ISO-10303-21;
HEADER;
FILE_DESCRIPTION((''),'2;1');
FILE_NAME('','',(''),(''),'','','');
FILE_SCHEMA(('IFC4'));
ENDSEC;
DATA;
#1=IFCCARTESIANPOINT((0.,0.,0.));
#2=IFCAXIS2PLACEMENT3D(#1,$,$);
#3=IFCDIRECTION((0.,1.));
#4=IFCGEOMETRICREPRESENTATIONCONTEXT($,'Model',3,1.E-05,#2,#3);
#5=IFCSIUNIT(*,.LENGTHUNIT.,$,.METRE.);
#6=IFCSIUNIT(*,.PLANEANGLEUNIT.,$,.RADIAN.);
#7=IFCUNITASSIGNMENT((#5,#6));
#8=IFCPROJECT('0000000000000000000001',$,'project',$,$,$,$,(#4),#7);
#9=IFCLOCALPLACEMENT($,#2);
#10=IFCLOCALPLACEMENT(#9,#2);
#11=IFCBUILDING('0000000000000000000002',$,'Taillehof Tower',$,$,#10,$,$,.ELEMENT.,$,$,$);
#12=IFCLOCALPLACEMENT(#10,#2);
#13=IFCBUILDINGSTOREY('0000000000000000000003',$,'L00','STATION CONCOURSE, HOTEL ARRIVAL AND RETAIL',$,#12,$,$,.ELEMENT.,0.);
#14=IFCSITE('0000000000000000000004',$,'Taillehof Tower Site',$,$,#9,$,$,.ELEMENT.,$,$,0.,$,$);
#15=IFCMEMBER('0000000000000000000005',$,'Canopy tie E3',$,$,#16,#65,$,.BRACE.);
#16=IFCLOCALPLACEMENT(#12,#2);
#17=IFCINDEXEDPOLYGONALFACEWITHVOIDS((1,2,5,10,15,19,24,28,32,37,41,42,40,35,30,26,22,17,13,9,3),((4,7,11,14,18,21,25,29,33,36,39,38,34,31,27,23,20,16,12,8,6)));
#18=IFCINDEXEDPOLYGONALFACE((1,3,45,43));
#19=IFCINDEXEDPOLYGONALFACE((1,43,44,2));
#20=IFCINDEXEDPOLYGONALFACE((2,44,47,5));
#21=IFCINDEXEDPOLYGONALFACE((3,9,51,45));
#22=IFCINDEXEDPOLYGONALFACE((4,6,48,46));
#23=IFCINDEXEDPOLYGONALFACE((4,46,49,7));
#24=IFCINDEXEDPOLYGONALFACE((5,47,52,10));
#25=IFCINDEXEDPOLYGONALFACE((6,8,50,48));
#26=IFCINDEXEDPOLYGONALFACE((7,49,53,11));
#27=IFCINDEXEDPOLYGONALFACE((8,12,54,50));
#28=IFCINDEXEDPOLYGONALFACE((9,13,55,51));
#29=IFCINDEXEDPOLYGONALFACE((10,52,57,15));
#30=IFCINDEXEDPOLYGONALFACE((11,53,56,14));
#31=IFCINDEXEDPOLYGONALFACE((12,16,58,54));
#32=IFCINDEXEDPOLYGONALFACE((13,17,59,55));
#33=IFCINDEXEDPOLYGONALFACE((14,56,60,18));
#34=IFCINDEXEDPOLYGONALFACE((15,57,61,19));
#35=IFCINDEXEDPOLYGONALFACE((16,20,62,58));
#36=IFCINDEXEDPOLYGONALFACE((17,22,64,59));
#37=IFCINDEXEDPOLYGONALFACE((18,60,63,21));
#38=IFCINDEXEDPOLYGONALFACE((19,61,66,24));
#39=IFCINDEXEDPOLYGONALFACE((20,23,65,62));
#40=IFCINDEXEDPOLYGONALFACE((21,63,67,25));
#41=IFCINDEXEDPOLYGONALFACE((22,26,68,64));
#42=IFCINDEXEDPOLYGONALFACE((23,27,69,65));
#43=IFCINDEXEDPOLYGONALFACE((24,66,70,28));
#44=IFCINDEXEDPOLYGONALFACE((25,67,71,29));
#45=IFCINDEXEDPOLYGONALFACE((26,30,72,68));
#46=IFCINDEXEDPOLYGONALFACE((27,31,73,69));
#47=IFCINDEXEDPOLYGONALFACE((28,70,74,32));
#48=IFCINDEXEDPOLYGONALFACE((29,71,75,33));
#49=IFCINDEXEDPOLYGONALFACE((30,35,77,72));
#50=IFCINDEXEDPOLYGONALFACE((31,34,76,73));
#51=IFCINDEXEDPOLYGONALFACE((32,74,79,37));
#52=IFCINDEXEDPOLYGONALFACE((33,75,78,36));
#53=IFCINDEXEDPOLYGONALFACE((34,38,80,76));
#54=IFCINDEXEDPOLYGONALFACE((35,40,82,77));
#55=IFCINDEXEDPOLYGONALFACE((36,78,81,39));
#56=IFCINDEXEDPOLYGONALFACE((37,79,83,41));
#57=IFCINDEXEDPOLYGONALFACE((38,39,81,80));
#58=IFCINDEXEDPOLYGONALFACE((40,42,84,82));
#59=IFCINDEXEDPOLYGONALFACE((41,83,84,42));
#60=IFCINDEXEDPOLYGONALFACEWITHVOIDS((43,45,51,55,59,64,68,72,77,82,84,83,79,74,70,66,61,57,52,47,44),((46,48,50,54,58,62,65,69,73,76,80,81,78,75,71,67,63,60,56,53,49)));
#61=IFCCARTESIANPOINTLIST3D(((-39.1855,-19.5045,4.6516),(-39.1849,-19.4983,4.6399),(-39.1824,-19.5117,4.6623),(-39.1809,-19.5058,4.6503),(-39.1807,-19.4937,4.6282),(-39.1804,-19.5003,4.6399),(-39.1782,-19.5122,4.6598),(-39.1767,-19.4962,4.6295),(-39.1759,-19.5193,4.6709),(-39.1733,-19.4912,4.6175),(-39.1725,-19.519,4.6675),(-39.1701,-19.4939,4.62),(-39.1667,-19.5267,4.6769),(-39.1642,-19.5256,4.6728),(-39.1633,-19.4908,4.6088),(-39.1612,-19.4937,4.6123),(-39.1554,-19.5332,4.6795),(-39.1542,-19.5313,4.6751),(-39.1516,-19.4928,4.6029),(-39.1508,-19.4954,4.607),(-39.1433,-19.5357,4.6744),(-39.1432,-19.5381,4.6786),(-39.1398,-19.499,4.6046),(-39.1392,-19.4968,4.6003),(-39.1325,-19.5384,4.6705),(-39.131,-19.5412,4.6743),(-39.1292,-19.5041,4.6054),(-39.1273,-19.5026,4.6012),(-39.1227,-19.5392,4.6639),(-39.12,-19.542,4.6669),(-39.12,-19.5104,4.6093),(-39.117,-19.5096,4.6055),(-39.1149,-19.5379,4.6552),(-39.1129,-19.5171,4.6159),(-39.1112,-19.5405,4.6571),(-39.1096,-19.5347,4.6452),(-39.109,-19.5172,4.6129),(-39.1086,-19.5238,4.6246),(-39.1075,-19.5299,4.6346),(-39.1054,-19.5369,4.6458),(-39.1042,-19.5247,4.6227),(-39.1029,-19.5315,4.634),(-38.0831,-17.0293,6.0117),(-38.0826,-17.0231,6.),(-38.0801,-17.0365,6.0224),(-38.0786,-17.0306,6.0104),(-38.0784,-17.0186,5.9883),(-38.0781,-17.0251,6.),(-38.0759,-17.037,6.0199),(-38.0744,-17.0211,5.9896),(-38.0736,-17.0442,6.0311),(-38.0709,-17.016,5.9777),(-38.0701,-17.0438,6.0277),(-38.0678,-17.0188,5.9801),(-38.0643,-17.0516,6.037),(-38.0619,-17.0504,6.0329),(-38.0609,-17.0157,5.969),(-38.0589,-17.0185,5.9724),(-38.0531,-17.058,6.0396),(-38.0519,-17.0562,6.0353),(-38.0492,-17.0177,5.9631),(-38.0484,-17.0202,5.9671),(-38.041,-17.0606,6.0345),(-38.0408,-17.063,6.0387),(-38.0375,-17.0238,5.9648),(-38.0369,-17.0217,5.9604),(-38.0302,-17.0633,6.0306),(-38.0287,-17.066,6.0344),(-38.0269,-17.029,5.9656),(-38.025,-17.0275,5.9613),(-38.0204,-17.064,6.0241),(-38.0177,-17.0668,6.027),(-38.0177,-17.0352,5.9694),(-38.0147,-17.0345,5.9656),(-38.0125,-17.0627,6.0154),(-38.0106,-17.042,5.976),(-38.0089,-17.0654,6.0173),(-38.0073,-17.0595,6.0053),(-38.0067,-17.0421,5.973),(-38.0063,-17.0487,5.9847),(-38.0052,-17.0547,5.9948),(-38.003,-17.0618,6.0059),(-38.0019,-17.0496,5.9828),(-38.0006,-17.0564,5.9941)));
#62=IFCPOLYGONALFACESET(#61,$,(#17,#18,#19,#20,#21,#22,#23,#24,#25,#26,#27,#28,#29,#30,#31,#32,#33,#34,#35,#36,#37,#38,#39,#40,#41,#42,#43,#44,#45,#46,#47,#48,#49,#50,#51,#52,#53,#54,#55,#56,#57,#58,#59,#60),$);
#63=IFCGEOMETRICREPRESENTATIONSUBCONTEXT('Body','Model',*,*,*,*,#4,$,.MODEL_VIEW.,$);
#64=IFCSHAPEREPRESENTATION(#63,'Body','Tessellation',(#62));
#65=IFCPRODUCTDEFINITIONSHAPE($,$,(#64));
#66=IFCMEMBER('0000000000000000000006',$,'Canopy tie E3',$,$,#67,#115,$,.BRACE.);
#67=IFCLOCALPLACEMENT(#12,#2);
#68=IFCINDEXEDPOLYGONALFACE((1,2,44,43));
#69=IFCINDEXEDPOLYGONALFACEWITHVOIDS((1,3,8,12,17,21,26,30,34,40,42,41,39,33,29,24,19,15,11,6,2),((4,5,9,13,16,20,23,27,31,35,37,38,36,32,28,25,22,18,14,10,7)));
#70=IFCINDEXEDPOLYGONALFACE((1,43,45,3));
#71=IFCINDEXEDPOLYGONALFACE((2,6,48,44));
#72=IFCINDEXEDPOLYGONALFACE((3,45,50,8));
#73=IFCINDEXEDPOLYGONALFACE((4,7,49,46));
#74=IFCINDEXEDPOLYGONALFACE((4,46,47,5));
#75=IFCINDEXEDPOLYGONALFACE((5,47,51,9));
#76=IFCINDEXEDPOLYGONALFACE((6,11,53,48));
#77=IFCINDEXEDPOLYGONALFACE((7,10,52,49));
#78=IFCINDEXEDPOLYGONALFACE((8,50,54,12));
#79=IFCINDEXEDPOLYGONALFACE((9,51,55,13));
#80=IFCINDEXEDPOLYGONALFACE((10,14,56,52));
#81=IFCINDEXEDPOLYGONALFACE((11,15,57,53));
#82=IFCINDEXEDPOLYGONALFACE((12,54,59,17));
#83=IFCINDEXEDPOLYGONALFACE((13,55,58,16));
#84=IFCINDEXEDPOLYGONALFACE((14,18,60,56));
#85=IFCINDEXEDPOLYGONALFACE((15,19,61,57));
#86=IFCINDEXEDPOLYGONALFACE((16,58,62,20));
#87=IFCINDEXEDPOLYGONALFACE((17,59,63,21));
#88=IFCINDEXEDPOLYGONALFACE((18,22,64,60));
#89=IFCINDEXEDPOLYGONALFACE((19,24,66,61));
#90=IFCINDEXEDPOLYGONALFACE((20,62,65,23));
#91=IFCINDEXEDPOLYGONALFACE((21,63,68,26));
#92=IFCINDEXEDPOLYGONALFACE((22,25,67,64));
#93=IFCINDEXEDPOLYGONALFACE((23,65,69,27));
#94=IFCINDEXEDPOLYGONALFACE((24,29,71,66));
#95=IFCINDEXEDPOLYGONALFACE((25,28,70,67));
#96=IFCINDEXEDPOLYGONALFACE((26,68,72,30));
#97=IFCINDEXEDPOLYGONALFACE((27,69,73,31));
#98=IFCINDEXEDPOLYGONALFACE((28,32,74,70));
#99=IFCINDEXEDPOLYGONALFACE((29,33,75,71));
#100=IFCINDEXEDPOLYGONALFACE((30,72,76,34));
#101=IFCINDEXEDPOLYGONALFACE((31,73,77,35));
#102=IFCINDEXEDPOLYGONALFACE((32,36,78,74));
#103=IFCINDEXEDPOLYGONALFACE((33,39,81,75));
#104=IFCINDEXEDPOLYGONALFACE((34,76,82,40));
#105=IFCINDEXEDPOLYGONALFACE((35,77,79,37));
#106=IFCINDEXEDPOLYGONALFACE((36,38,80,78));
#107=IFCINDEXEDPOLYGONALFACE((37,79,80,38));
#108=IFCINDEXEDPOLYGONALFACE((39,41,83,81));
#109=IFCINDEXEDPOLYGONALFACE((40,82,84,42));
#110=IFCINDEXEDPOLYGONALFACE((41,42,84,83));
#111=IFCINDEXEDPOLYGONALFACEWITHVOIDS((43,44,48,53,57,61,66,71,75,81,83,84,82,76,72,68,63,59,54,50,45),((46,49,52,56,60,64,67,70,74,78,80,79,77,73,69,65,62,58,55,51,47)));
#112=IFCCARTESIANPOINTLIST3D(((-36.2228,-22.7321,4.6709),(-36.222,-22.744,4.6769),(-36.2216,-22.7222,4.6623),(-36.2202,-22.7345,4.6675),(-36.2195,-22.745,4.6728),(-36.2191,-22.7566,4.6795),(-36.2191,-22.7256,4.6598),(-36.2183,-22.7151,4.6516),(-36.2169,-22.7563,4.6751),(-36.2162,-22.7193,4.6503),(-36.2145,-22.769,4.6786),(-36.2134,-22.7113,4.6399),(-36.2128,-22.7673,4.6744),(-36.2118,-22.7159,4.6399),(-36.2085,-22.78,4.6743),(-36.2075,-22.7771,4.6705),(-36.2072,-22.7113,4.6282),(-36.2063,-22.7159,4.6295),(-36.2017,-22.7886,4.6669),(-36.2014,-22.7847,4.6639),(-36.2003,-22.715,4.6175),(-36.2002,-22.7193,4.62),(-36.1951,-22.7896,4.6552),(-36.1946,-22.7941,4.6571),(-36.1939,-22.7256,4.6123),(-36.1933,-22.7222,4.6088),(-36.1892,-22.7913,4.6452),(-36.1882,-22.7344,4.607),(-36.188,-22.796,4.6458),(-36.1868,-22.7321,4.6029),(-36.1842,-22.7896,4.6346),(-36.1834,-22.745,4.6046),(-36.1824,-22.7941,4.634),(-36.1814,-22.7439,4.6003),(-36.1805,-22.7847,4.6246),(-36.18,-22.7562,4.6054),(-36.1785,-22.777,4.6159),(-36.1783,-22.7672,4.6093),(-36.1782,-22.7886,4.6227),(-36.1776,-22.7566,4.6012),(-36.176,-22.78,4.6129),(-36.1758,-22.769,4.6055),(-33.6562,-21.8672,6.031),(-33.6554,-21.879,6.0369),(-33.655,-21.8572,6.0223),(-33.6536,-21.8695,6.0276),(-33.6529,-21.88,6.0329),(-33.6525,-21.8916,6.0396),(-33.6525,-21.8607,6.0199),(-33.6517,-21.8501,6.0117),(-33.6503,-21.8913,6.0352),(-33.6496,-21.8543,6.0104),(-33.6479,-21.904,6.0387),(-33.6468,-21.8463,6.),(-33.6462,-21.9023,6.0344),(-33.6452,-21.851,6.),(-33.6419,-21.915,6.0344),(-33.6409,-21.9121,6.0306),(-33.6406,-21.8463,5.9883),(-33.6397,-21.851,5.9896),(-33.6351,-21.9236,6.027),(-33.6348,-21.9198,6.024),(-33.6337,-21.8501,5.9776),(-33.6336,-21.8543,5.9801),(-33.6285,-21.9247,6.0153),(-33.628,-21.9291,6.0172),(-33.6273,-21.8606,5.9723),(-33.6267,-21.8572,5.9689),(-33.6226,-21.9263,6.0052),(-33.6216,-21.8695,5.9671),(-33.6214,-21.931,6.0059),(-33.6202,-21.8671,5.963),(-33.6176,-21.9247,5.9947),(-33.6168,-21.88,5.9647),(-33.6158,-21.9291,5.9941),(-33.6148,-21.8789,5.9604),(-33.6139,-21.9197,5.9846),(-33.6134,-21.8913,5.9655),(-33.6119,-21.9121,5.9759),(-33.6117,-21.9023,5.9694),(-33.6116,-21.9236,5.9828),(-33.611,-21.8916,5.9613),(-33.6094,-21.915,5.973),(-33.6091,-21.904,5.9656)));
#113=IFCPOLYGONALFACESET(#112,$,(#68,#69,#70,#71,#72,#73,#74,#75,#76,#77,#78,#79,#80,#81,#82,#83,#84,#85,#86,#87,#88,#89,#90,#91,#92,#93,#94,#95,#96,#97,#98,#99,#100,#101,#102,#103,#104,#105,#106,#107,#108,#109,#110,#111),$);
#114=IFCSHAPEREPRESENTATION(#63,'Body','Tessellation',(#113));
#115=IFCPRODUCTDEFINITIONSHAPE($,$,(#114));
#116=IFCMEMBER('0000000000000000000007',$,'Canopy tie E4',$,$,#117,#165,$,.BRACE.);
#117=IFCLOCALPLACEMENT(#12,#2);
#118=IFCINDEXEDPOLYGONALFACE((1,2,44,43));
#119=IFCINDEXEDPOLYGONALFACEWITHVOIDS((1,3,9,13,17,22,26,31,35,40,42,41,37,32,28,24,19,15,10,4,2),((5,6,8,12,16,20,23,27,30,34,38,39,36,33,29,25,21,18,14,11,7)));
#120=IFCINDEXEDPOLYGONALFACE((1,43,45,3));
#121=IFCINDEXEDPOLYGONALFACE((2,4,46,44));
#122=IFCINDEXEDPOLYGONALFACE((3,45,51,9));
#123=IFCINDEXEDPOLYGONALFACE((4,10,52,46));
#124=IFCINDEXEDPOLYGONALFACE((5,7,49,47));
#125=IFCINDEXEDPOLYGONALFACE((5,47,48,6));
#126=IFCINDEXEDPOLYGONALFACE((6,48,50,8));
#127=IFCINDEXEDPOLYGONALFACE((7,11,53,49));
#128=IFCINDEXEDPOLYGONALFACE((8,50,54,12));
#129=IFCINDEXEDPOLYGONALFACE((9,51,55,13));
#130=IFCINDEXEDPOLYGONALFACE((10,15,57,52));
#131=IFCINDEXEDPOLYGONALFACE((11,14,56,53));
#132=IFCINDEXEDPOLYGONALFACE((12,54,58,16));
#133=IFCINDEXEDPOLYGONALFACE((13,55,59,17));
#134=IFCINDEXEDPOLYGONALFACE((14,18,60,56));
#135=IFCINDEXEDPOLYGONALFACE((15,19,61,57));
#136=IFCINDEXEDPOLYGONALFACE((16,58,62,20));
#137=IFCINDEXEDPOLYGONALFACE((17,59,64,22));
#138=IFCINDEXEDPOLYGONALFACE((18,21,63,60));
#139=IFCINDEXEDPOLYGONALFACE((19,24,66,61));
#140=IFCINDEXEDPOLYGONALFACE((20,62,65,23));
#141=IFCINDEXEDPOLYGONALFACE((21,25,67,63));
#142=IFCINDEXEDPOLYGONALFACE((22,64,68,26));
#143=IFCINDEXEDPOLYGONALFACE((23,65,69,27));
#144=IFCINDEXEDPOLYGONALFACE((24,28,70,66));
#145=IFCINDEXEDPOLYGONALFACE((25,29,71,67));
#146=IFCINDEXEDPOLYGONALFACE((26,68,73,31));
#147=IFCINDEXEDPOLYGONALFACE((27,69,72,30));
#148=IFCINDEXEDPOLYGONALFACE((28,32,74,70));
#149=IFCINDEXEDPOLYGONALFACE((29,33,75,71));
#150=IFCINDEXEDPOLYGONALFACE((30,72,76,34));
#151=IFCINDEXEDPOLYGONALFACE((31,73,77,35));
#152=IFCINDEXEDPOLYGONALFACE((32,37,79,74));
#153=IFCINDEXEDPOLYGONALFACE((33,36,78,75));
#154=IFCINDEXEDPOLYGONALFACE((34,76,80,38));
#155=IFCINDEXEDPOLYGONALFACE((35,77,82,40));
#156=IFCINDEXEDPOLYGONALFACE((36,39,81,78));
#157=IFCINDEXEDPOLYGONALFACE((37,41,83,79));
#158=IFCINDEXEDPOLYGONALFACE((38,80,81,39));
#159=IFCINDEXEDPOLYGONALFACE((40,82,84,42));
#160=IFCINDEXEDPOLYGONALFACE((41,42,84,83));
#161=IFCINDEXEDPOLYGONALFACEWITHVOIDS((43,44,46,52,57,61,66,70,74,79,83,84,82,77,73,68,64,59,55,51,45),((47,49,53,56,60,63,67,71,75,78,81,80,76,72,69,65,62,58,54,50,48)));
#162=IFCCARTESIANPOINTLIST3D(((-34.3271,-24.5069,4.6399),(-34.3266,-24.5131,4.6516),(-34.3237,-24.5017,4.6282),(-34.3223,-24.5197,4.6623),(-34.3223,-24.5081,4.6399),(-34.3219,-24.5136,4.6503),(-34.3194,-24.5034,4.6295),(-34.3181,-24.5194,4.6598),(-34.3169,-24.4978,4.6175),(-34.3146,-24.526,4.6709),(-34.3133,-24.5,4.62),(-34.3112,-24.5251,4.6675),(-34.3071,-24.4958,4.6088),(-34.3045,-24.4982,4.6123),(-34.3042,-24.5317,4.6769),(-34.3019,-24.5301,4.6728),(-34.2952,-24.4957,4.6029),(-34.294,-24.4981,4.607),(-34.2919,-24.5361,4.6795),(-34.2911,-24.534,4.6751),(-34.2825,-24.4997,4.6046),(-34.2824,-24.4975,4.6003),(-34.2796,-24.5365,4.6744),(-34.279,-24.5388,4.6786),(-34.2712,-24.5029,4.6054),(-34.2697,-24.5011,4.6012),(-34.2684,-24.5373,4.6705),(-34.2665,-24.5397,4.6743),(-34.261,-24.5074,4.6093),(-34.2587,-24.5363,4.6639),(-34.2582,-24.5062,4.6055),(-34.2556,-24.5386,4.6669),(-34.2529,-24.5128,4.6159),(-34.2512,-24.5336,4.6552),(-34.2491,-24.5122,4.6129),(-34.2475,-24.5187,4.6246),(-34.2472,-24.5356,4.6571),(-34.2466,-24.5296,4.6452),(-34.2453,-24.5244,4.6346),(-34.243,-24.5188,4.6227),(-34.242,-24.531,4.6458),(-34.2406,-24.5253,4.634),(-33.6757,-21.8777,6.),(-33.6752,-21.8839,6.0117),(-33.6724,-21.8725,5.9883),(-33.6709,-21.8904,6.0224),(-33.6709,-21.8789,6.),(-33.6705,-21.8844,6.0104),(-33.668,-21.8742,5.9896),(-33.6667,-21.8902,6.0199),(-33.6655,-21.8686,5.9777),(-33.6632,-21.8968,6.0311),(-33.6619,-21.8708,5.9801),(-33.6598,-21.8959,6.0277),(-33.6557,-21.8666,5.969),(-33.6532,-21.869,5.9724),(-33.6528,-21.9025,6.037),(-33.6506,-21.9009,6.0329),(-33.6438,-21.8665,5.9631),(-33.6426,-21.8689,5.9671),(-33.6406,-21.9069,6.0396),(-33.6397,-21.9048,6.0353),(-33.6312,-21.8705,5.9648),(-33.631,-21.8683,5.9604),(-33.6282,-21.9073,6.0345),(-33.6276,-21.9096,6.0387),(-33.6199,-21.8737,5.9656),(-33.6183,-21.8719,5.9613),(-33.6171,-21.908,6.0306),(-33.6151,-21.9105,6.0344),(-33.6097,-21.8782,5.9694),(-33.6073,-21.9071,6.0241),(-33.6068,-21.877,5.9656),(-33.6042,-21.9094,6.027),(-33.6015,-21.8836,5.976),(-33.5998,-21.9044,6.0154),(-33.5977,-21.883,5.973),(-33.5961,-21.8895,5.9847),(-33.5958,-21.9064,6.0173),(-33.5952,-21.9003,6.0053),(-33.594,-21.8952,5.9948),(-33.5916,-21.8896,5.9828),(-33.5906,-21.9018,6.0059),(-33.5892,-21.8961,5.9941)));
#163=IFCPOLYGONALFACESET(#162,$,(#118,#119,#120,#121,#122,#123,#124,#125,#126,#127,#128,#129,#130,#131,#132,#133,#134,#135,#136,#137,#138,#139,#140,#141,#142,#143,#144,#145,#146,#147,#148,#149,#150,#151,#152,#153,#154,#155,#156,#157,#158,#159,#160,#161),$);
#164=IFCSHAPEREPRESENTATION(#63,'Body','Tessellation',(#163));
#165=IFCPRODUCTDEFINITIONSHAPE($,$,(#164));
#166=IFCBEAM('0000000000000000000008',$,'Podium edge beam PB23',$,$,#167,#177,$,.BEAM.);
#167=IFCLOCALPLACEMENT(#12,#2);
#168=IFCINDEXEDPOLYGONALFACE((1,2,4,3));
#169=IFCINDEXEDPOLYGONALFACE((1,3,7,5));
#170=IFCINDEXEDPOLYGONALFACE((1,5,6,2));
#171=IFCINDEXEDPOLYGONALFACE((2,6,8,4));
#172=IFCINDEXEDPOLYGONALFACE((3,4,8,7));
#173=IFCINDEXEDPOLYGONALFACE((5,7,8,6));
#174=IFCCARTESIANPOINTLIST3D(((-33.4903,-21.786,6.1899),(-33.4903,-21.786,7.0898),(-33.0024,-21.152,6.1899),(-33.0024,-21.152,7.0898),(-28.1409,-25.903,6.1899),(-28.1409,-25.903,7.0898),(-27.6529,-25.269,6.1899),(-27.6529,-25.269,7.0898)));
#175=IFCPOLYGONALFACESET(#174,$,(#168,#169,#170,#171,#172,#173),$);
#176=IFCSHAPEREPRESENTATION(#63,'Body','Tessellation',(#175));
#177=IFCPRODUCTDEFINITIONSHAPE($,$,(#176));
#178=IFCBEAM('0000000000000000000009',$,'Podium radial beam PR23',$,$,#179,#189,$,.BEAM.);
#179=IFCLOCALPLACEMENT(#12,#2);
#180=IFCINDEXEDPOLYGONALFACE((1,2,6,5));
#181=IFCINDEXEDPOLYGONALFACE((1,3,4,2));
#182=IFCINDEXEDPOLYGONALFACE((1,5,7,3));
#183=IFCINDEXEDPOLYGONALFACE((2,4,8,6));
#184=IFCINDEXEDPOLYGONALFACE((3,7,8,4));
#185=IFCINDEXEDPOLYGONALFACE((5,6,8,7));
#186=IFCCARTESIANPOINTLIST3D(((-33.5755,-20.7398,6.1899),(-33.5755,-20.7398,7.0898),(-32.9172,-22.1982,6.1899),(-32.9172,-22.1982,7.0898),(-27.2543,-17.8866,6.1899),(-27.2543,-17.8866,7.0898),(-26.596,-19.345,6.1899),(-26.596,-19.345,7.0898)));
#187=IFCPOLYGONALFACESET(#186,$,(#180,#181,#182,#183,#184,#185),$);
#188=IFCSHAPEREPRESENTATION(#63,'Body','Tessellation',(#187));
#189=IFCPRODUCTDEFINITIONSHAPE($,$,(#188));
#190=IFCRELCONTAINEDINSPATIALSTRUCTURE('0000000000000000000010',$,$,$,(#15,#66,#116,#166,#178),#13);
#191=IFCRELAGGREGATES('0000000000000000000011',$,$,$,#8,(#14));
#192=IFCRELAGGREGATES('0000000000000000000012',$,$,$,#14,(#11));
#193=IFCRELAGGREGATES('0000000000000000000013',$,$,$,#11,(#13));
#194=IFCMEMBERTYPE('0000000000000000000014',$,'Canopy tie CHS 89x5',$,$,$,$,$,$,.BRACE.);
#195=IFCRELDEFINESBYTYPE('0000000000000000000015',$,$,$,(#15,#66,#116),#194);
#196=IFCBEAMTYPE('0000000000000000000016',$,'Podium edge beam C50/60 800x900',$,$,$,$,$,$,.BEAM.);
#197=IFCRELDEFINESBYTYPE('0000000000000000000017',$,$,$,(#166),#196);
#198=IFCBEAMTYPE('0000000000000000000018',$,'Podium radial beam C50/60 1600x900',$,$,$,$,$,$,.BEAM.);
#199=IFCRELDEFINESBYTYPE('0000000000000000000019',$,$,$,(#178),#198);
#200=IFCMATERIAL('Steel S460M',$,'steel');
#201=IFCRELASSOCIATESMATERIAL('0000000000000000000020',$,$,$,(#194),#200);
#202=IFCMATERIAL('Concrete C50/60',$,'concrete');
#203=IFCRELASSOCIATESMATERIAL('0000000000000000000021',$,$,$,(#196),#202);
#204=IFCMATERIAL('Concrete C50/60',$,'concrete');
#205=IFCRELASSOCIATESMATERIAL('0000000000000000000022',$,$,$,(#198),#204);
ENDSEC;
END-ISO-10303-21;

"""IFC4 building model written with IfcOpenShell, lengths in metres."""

from ifc_helpers import new_model, si_unit, direction, frame, origin, origin_2d, place, context, subcontext, project, spatial, rectangle, hollow_circle, extrude, material, material_profile, profile_set, type_object, element, save


model = new_model("IFC4")

# Units and contexts
model_context = context("Model", 3, precision=1e-05, world=origin(), true_north=direction((0.0, 1.0)))
body_context = subcontext(model_context, "Body", "Model", "MODEL_VIEW")
ifc_project = project(units=[si_unit("LENGTHUNIT", "METRE"), si_unit("PLANEANGLEUNIT", "RADIAN")], contexts=[model_context])

# Site, building, storey
site_placement = place(None, origin())
site = spatial("IfcSite", under=ifc_project, at=site_placement, Name="Taillehof Tower Site", CompositionType="ELEMENT", RefElevation=0.0)
building_placement = place(site_placement, origin())
building = spatial("IfcBuilding", under=site, at=building_placement, Name="Taillehof Tower", CompositionType="ELEMENT")
storey_placement = place(building_placement, origin())
storey = spatial("IfcBuildingStorey", under=building, at=storey_placement, Name="L00", Description="STATION CONCOURSE, HOTEL ARRIVAL AND RETAIL", CompositionType="ELEMENT", Elevation=0.0)

# Members
ifc_material_1 = material(Name="Steel S460M", Category="steel")
ifc_material_profile_1 = material_profile(ifc_material_1, hollow_circle(Radius=0.0444, WallThickness=0.0049, at=origin_2d()), Name="CHS 89x5")
ifc_profile_set_1 = profile_set([ifc_material_profile_1], Name="Steel S460M")
member_type = type_object("IfcMemberType", Name="Canopy tie CHS 89x5", PredefinedType="BRACE", material=ifc_profile_set_1)
member_1_placement = place(storey_placement, frame((-39.1443, -19.5164, 4.6399), z_axis=(0.363593, 0.816413, 0.448632), x_axis=(-0.913503, 0.406832, 0.0)))
element("IfcMember", 1, at=member_1_placement, inside=storey, type_object=member_type, Name="Canopy tie E3", PredefinedType="BRACE", context=body_context, shape_type="SweptSolid", body=[
    extrude(hollow_circle(Radius=0.0444, WallThickness=0.0049, at=origin_2d()), origin(), (0.0, 0.0, 1.0), 3.0317),
])
member_2_placement = place(storey_placement, frame((-36.1992, -22.7534, 4.6399), z_axis=(0.846854, 0.285399, 0.448761), x_axis=(-0.319363, 0.947632, 0.0)))
element("IfcMember", 2, at=member_2_placement, inside=storey, type_object=member_type, Name="Canopy tie E3", PredefinedType="BRACE", context=body_context, shape_type="SweptSolid", body=[
    extrude(hollow_circle(Radius=0.0444, WallThickness=0.0049, at=origin_2d()), origin(), (0.0, 0.0, 1.0), 3.0308),
])
member_3_placement = place(storey_placement, frame((-34.2839, -24.5176, 4.6399), z_axis=(0.214906, 0.867437, 0.448741), x_axis=(-0.970655, 0.240478, 0.0)))
element("IfcMember", 3, at=member_3_placement, inside=storey, type_object=member_type, Name="Canopy tie E4", PredefinedType="BRACE", context=body_context, shape_type="SweptSolid", body=[
    extrude(hollow_circle(Radius=0.0444, WallThickness=0.0049, at=origin_2d()), origin(), (0.0, 0.0, 1.0), 3.031),
])

# Beams
ifc_material_2 = material(Name="Concrete C50/60", Category="concrete")
ifc_material_profile_2 = material_profile(ifc_material_2, rectangle(XDim=0.8, YDim=0.8999, at=origin_2d()), Name="RC 800x900")
ifc_profile_set_2 = profile_set([ifc_material_profile_2], Name="Concrete C50/60")
beam_type_1 = type_object("IfcBeamType", Name="Podium edge beam C50/60 800x900", PredefinedType="BEAM", material=ifc_profile_set_2)
beam_1_placement = place(storey_placement, frame((-33.2463, -21.469, 6.6399), z_axis=(0.792477, -0.609901, 0.0), x_axis=(0.609901, 0.792477, 0.0)))
element("IfcBeam", 4, at=beam_1_placement, inside=storey, type_object=beam_type_1, Name="Podium edge beam PB23", PredefinedType="BEAM", context=body_context, shape_type="SweptSolid", body=[
    extrude(rectangle(XDim=0.8, YDim=0.8999, at=origin_2d()), origin(), (0.0, 0.0, 1.0), 6.7502),
])
ifc_material_3 = material(Name="Concrete C50/60", Category="concrete")
ifc_material_profile_3 = material_profile(ifc_material_3, rectangle(XDim=1.6001, YDim=0.8999, at=origin_2d()), Name="RC 1600x900")
ifc_profile_set_3 = profile_set([ifc_material_profile_3], Name="Concrete C50/60")
beam_type_2 = type_object("IfcBeamType", Name="Podium radial beam C50/60 1600x900", PredefinedType="BEAM", material=ifc_profile_set_3)
beam_2_placement = place(storey_placement, frame((-33.2463, -21.469, 6.6399), z_axis=(0.911452, 0.411407, 0.0), x_axis=(-0.411407, 0.911452, 0.0)))
element("IfcBeam", 5, at=beam_2_placement, inside=storey, type_object=beam_type_2, Name="Podium radial beam PR23", PredefinedType="BEAM", context=body_context, shape_type="SweptSolid", body=[
    extrude(rectangle(XDim=1.6001, YDim=0.8999, at=origin_2d()), origin(), (0.0, 0.0, 1.0), 6.9353),
])

save(model, "model.ifc")
